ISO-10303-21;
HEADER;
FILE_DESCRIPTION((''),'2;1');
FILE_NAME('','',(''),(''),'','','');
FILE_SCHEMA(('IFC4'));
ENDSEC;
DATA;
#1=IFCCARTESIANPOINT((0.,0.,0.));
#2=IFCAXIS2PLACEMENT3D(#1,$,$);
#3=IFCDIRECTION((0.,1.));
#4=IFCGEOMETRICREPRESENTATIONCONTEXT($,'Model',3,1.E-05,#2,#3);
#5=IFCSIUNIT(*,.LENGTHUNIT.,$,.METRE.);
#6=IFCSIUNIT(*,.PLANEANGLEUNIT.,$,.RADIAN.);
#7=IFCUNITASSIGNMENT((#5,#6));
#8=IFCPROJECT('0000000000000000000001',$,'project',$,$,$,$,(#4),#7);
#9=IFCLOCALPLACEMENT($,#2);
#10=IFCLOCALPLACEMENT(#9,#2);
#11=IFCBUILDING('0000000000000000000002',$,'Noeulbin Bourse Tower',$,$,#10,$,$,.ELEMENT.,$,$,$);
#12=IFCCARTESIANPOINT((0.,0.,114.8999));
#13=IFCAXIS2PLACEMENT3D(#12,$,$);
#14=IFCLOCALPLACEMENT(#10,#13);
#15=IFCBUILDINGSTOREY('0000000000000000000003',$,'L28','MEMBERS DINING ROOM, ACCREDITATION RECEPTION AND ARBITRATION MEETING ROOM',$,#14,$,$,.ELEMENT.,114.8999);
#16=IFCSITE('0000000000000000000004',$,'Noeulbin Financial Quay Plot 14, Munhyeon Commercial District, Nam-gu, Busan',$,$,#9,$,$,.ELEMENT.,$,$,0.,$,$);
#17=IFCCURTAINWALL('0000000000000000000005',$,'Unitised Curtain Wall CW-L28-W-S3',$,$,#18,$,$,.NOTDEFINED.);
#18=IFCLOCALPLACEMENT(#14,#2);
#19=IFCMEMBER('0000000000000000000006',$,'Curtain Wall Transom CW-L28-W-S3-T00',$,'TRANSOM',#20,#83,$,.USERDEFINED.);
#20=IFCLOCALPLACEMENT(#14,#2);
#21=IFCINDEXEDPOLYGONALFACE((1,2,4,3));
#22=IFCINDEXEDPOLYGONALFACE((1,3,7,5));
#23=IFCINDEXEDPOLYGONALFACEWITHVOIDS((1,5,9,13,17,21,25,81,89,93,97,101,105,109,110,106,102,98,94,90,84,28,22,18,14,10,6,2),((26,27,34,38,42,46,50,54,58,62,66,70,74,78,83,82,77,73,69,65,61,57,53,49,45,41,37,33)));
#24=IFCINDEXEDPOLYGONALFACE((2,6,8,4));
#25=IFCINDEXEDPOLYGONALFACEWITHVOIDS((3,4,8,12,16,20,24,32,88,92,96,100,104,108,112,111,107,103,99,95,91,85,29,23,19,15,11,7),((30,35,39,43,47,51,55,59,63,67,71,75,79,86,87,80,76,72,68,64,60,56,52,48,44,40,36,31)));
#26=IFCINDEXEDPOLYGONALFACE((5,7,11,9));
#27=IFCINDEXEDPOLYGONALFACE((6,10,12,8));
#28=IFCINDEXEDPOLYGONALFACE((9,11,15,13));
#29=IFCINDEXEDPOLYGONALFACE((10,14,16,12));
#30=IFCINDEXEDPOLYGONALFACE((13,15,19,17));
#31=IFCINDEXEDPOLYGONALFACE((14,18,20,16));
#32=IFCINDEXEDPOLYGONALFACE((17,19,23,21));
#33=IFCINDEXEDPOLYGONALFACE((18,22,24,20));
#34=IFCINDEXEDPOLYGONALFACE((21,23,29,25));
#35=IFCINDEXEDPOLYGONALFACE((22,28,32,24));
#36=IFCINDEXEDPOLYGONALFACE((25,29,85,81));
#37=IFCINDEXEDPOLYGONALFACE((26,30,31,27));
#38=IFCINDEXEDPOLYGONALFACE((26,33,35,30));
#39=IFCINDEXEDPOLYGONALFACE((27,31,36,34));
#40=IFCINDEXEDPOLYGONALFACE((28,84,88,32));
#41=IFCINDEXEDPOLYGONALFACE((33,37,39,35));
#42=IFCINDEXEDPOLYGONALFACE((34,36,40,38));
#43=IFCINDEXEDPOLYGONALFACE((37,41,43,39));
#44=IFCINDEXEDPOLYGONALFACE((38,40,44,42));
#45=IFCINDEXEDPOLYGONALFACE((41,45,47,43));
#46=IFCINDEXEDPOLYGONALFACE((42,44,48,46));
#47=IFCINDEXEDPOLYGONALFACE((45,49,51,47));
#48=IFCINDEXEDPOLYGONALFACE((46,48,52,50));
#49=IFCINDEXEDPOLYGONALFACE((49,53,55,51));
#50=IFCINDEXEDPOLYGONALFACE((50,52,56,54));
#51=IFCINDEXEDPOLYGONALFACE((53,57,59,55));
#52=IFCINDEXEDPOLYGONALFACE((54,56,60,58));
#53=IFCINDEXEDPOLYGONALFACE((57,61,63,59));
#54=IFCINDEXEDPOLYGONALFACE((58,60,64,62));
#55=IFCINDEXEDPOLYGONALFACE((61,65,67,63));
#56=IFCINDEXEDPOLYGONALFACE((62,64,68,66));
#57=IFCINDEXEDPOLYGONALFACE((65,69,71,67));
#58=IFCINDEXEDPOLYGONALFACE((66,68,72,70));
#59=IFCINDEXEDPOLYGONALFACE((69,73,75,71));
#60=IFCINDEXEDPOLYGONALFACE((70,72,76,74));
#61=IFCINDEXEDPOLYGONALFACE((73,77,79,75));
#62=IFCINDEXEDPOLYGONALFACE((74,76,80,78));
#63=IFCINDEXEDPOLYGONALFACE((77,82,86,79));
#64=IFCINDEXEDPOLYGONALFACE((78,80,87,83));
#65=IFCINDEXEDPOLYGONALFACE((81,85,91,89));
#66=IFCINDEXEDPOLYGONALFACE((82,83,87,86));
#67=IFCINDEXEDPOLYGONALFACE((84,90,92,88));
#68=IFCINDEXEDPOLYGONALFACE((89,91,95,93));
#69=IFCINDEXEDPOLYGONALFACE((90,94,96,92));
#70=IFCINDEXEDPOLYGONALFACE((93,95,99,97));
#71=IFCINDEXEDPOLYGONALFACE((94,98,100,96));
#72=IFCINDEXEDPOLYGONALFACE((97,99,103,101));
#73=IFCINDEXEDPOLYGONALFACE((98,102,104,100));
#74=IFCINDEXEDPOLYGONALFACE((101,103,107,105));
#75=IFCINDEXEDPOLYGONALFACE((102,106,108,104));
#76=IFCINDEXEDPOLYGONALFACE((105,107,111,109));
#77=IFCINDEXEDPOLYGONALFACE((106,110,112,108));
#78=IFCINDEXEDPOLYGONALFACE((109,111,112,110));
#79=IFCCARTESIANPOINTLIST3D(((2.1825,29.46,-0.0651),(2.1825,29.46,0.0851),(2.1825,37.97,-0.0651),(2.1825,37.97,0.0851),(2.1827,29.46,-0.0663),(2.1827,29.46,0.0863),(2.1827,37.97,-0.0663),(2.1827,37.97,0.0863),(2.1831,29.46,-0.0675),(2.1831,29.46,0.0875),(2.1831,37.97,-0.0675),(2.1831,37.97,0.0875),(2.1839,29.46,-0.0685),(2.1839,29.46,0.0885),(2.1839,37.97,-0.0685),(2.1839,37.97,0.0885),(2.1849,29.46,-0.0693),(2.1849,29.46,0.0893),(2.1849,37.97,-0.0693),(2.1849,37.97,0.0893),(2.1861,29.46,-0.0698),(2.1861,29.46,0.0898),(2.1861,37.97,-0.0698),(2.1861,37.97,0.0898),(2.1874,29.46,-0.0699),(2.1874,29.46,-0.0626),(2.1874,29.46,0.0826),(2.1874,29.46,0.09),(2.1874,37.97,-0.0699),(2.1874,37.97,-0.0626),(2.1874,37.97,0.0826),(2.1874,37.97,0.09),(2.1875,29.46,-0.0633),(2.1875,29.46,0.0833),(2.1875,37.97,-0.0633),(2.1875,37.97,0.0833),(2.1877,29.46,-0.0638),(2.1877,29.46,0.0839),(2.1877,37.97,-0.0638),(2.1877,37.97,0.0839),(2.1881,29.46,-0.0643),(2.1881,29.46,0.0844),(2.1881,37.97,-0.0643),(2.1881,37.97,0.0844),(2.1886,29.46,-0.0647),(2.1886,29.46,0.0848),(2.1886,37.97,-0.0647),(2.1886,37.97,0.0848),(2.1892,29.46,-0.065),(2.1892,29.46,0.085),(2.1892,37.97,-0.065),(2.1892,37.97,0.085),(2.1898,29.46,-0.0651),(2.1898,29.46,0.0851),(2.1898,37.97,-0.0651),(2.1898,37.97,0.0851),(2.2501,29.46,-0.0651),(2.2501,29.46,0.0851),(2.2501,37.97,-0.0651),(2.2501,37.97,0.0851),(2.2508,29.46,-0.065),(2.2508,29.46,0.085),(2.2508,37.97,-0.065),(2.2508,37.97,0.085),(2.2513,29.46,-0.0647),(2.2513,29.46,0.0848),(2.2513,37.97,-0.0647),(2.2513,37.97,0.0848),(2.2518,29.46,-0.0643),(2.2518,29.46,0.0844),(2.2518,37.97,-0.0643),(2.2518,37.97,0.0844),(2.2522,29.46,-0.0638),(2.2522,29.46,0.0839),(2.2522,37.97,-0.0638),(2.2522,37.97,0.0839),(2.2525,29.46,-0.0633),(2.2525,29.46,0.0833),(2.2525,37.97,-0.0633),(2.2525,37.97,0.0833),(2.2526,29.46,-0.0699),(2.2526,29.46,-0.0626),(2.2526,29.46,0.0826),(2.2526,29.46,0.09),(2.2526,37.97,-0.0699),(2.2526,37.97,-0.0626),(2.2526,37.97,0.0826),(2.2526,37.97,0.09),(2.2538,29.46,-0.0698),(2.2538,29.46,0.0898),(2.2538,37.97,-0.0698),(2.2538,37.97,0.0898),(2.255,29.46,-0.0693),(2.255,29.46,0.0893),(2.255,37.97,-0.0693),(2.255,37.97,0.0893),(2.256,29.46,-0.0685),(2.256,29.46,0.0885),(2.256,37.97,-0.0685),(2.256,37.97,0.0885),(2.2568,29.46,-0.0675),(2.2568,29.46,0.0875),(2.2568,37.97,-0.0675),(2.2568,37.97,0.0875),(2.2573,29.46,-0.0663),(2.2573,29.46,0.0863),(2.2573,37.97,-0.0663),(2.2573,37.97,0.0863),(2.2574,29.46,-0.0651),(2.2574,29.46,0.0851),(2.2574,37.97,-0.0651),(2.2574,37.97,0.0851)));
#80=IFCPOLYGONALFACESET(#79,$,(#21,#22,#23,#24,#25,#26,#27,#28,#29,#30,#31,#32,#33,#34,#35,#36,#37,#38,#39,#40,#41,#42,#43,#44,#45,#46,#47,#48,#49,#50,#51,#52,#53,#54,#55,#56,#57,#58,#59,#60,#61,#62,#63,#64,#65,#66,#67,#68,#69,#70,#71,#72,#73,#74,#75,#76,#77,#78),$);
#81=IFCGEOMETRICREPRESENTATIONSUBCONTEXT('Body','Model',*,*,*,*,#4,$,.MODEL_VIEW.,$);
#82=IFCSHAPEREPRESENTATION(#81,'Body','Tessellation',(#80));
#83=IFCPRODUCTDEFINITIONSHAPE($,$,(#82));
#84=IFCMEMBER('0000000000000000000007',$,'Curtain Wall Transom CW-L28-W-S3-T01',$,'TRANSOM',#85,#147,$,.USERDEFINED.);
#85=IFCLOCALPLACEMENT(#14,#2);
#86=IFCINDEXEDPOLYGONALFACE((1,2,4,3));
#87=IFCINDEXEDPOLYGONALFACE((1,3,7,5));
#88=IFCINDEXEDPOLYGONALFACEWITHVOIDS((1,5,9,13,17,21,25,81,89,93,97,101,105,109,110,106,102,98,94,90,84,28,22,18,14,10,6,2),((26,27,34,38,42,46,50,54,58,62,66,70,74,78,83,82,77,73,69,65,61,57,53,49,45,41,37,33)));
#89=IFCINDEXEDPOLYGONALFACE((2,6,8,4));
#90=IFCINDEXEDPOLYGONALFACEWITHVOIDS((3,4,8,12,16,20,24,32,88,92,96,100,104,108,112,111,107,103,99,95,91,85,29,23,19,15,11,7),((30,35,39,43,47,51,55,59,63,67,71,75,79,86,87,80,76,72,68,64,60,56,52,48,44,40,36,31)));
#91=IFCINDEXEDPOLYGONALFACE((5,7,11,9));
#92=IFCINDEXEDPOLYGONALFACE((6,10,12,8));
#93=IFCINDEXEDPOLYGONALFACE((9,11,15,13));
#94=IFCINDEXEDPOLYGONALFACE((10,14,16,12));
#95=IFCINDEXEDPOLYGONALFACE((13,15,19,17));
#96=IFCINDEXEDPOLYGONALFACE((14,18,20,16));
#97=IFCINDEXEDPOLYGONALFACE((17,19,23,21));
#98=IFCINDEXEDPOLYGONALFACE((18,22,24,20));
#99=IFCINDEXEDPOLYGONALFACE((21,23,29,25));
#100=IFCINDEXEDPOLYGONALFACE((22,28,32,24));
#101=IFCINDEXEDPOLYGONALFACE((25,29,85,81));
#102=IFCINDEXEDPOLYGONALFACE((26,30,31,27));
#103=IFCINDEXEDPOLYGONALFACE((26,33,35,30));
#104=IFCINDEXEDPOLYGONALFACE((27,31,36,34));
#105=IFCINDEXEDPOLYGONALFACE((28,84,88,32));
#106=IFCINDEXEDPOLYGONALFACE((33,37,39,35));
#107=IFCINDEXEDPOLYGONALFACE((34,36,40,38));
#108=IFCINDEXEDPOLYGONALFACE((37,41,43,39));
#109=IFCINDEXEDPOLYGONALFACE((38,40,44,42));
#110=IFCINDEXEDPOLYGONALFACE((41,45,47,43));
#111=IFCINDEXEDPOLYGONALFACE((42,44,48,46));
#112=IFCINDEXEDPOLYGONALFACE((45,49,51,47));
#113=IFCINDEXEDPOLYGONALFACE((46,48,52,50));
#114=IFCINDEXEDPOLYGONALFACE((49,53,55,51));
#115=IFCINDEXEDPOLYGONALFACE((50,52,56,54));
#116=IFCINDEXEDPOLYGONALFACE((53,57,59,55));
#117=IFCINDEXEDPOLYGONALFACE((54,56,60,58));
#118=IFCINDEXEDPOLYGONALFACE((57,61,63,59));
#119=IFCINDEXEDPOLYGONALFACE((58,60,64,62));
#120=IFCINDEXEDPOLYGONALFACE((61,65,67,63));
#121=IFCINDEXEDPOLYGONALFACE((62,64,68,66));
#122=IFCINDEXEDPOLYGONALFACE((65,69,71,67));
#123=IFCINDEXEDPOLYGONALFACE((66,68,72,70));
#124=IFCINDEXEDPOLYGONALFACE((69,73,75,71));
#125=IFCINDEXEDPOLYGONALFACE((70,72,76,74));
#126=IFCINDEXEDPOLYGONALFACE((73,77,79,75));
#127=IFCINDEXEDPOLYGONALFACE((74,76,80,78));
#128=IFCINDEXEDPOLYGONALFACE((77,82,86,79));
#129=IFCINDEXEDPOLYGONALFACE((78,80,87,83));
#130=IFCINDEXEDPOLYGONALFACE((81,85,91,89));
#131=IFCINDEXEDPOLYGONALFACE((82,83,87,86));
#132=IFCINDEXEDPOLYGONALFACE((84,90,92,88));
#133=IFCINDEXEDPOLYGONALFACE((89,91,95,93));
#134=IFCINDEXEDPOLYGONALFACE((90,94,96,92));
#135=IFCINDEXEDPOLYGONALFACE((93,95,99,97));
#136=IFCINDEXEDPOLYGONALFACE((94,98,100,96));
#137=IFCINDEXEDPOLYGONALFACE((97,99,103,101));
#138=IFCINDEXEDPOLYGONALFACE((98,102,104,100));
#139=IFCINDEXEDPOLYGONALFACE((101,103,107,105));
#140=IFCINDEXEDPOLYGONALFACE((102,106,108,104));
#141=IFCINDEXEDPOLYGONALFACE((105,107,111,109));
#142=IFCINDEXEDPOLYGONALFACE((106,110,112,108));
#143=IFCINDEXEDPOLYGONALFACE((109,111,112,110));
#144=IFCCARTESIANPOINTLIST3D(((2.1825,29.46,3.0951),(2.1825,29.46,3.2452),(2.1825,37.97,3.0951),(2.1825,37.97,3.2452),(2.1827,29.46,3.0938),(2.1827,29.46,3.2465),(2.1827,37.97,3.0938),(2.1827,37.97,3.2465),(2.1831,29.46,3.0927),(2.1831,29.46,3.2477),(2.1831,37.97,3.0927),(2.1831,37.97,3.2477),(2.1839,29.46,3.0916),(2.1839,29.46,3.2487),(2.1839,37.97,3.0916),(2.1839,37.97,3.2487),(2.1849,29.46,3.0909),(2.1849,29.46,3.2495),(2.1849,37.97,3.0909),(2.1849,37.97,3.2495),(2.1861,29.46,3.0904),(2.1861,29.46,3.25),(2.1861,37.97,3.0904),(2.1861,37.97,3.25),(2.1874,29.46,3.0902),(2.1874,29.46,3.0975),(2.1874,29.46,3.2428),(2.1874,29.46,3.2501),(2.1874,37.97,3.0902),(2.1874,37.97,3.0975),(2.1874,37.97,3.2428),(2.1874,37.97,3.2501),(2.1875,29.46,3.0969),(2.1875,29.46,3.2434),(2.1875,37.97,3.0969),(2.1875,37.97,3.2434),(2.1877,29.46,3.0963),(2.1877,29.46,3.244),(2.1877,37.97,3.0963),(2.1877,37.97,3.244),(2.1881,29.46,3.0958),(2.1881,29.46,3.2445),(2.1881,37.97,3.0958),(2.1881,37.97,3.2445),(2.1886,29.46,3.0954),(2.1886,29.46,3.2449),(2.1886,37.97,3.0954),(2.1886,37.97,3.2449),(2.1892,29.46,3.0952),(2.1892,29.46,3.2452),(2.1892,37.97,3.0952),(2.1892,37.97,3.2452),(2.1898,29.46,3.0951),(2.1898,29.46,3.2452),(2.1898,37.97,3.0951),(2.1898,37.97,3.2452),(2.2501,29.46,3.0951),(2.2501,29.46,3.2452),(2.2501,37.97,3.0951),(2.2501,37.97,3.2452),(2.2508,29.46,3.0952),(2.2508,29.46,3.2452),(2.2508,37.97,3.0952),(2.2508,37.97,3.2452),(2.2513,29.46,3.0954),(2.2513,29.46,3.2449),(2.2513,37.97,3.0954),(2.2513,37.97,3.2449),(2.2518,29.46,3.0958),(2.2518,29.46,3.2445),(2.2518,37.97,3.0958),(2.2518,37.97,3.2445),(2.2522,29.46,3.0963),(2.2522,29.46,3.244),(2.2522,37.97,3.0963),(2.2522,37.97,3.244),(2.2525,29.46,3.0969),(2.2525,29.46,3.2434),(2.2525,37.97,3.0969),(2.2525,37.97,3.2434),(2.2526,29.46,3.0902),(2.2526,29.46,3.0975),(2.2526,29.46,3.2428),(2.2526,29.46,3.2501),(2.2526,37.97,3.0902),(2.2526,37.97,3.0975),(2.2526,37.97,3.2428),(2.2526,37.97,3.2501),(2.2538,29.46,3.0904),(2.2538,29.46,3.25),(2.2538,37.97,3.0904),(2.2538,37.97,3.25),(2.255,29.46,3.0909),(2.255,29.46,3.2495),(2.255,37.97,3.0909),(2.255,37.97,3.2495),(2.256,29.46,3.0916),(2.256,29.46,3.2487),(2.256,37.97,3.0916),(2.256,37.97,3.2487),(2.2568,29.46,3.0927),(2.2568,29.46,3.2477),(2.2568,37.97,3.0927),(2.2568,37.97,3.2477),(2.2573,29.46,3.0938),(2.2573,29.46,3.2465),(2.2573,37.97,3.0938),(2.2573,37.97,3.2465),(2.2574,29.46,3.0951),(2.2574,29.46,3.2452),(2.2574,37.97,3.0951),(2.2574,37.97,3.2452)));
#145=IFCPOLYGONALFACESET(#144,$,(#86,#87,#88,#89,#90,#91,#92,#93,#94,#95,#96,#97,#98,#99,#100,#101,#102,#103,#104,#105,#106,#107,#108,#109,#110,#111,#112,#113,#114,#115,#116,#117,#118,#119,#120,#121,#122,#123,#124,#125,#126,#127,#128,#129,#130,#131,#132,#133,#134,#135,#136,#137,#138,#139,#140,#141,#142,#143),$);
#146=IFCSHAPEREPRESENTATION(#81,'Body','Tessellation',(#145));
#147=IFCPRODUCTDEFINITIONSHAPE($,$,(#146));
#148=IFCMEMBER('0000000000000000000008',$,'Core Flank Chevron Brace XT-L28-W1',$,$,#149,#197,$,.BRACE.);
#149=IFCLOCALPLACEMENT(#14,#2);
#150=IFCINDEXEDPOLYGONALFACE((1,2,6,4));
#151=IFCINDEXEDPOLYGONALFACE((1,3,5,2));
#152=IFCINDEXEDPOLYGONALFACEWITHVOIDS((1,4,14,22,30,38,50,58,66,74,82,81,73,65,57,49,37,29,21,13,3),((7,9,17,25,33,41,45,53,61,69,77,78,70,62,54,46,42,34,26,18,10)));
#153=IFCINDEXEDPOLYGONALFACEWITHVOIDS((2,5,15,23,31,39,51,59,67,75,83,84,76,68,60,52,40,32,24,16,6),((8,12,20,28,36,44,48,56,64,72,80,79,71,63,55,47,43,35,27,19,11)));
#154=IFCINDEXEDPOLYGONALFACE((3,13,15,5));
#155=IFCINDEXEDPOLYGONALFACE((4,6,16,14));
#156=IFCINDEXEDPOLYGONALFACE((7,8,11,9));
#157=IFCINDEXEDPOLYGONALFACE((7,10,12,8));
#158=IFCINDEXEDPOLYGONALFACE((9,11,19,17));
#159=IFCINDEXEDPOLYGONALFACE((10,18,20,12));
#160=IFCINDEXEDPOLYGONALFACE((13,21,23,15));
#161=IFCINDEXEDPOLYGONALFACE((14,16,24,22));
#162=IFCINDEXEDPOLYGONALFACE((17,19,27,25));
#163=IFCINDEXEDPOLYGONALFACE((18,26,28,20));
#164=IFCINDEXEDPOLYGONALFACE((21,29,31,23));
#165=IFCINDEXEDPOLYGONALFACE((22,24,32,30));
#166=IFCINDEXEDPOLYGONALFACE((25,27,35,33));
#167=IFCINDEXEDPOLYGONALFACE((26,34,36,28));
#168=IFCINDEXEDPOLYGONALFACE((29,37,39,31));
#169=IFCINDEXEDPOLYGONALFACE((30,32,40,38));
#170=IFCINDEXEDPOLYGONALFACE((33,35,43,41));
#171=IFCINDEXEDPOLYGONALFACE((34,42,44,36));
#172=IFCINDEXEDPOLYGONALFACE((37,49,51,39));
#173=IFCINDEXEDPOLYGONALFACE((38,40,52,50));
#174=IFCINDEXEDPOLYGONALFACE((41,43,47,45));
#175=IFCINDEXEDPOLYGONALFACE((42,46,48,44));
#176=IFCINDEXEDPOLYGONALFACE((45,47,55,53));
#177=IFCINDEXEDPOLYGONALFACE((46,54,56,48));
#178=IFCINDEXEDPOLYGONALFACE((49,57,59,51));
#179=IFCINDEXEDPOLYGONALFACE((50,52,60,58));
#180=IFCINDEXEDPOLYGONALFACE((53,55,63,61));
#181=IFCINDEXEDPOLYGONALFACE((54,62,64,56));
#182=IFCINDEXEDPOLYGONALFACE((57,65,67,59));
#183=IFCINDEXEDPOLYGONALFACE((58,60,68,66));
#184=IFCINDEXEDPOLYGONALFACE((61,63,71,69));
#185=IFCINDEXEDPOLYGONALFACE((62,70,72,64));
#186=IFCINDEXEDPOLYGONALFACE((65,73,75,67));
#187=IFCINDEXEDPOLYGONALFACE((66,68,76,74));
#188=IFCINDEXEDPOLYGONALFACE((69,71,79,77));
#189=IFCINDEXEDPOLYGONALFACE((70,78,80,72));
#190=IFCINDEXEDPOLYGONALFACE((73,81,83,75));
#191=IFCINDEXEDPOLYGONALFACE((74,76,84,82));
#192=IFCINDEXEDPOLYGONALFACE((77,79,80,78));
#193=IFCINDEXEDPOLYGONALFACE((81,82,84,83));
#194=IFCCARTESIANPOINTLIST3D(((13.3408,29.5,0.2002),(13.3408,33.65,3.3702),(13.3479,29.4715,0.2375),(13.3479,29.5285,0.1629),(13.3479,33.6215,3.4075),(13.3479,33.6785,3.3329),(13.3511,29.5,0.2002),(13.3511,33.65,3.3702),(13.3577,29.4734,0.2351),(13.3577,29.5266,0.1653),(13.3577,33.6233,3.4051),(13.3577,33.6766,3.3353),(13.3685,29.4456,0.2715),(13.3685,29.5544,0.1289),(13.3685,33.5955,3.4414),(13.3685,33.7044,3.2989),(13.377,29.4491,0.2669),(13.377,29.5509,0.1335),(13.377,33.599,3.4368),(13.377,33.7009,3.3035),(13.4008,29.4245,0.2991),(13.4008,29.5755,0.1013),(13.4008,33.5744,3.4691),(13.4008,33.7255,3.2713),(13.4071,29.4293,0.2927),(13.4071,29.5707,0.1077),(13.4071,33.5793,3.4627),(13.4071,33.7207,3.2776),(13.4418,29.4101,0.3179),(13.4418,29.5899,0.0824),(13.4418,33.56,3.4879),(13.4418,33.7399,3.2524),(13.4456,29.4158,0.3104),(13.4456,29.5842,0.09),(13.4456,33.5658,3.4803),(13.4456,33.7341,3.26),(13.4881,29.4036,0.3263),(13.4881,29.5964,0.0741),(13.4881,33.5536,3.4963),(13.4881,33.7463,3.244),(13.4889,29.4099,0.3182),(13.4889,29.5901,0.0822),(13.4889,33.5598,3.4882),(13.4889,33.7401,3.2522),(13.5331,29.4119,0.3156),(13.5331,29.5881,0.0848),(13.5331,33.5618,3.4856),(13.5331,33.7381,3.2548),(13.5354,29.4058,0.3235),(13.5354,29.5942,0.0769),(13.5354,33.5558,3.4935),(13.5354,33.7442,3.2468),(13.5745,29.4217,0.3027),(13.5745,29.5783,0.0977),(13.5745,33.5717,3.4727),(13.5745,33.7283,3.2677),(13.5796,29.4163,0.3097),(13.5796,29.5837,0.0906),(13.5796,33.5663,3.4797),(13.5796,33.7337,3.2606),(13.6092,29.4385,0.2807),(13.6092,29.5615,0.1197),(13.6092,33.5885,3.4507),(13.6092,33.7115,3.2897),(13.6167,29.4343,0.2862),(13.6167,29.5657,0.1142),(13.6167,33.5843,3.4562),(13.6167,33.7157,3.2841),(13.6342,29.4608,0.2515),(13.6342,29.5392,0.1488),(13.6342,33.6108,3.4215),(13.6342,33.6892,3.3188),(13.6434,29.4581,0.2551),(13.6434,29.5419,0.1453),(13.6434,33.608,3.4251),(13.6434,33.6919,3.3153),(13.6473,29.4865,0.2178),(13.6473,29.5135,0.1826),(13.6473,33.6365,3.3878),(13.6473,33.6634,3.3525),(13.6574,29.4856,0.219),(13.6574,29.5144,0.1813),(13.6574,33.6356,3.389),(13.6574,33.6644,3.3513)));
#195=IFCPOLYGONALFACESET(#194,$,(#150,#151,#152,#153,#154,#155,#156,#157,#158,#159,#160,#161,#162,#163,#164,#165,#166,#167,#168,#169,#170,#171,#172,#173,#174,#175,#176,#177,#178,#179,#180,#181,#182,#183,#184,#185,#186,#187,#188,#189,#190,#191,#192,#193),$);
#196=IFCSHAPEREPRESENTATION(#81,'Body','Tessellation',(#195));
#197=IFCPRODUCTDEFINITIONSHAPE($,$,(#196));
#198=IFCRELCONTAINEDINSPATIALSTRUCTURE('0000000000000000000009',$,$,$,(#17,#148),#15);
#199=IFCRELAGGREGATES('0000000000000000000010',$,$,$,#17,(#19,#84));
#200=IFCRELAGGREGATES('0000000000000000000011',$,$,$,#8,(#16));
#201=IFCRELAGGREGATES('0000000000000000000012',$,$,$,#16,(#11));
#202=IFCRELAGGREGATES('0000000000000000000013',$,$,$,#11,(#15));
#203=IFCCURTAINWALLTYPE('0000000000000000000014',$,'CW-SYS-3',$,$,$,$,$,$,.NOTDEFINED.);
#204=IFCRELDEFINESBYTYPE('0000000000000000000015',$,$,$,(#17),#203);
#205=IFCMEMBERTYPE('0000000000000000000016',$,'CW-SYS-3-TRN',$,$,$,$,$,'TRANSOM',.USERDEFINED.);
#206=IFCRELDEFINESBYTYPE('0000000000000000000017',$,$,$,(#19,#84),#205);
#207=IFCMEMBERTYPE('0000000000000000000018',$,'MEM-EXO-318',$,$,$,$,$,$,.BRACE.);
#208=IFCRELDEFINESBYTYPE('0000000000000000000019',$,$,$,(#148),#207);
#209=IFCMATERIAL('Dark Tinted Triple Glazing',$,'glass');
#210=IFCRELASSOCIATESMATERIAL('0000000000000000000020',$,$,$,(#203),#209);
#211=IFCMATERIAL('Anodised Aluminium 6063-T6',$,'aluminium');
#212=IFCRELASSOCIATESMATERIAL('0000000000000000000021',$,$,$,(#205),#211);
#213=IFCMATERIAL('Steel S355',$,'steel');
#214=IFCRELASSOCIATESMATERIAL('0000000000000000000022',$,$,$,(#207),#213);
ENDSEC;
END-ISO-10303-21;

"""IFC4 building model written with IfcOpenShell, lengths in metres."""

from ifc_helpers import new_model, si_unit, direction, frame, origin, origin_2d, place, context, subcontext, project, spatial, hollow_rectangle, hollow_circle, extrude, material, material_profile, profile_set, type_object, element, aggregate, save


model = new_model("IFC4")

# Units and contexts
model_context = context("Model", 3, precision=1e-05, world=origin(), true_north=direction((0.0, 1.0)))
body_context = subcontext(model_context, "Body", "Model", "MODEL_VIEW")
ifc_project = project(units=[si_unit("LENGTHUNIT", "METRE"), si_unit("PLANEANGLEUNIT", "RADIAN")], contexts=[model_context])

# Site, building, storey
site_placement = place(None, origin())
site = spatial("IfcSite", under=ifc_project, at=site_placement, Name="Noeulbin Financial Quay Plot 14, Munhyeon Commercial District, Nam-gu, Busan", CompositionType="ELEMENT", RefElevation=0.0)
building_placement = place(site_placement, origin())
building = spatial("IfcBuilding", under=site, at=building_placement, Name="Noeulbin Bourse Tower", CompositionType="ELEMENT")
storey_placement = place(building_placement, frame((0.0, 0.0, 114.8999)))
storey = spatial("IfcBuildingStorey", under=building, at=storey_placement, Name="L28", Description="MEMBERS DINING ROOM, ACCREDITATION RECEPTION AND ARBITRATION MEETING ROOM", CompositionType="ELEMENT", Elevation=114.8999)

# Curtain wall
ifc_material_1 = material(Name="Dark Tinted Triple Glazing", Category="glass")
curtain_wall_type = type_object("IfcCurtainWallType", Name="CW-SYS-3", PredefinedType="NOTDEFINED", material=ifc_material_1)
ifc_material_2 = material(Name="Anodised Aluminium 6063-T6", Category="aluminium")
curtain_wall_1_placement = place(storey_placement, origin())
curtain_wall_1 = element("IfcCurtainWall", 1, at=curtain_wall_1_placement, inside=storey, type_object=curtain_wall_type, Name="Unitised Curtain Wall CW-L28-W-S3", PredefinedType="NOTDEFINED")

# Members
ifc_material_profile_1 = material_profile(ifc_material_2, hollow_rectangle(XDim=0.075, YDim=0.1599, WallThickness=0.0049, InnerFilletRadius=0.0024, OuterFilletRadius=0.0049, at=origin_2d()), Name="ALU-TRAN-75x160x5", Category="LoadBearing")
ifc_profile_set_1 = profile_set([ifc_material_profile_1], Name="Anodised Aluminium 6063-T6")
member_type_1 = type_object("IfcMemberType", Name="CW-SYS-3-TRN", ElementType="TRANSOM", PredefinedType="USERDEFINED", material=ifc_profile_set_1)
member_1_placement = place(storey_placement, frame((2.22, 29.46, 0.01), z_axis=(0.0, 1.0, 0.0), x_axis=(-1.0, 0.0, 0.0)))
member_1 = element("IfcMember", 2, at=member_1_placement, type_object=member_type_1, Name="Curtain Wall Transom CW-L28-W-S3-T00", ObjectType="TRANSOM", PredefinedType="USERDEFINED", context=body_context, shape_type="SweptSolid", body=[
    extrude(hollow_rectangle(XDim=0.075, YDim=0.1599, WallThickness=0.0049, InnerFilletRadius=0.0024, OuterFilletRadius=0.0049, at=origin_2d()), origin(), (0.0, 0.0, 1.0), 8.51),
])
member_2_placement = place(storey_placement, frame((2.22, 29.46, 3.1702), z_axis=(0.0, 1.0, 0.0), x_axis=(-1.0, 0.0, 0.0)))
member_2 = element("IfcMember", 3, at=member_2_placement, type_object=member_type_1, Name="Curtain Wall Transom CW-L28-W-S3-T01", ObjectType="TRANSOM", PredefinedType="USERDEFINED", context=body_context, shape_type="SweptSolid", body=[
    extrude(hollow_rectangle(XDim=0.075, YDim=0.1599, WallThickness=0.0049, InnerFilletRadius=0.0024, OuterFilletRadius=0.0049, at=origin_2d()), origin(), (0.0, 0.0, 1.0), 8.51),
])

# Member
ifc_material_3 = material(Name="Steel S355", Category="steel")
ifc_material_profile_2 = material_profile(ifc_material_3, hollow_circle(Radius=0.1592, WallThickness=0.0103, at=origin_2d()), Name="CHS-318.5x10.3", Category="LoadBearing")
ifc_profile_set_2 = profile_set([ifc_material_profile_2], Name="Steel S355")
member_type_2 = type_object("IfcMemberType", Name="MEM-EXO-318", PredefinedType="BRACE", material=ifc_profile_set_2)
for number, where, z_axis, x_axis, name in (
    (4, (13.5, 29.5, 0.2002), (0.0, 0.794684, 0.607023), (-1.0, 0.0, 0.0), "Core Flank Chevron Brace XT-L28-W1"),
):
    element("IfcMember", number, at=place(storey_placement, frame(where, z_axis=z_axis, x_axis=x_axis)), inside=storey, type_object=member_type_2, Name=name, PredefinedType="BRACE", context=body_context, shape_type="SweptSolid", body=[
        extrude(hollow_circle(Radius=0.1592, WallThickness=0.0103, at=origin_2d()), origin(), (0.0, 0.0, 1.0), 5.2222),
    ])

aggregate(curtain_wall_1, [member_1, member_2])

save(model, "model.ifc")
